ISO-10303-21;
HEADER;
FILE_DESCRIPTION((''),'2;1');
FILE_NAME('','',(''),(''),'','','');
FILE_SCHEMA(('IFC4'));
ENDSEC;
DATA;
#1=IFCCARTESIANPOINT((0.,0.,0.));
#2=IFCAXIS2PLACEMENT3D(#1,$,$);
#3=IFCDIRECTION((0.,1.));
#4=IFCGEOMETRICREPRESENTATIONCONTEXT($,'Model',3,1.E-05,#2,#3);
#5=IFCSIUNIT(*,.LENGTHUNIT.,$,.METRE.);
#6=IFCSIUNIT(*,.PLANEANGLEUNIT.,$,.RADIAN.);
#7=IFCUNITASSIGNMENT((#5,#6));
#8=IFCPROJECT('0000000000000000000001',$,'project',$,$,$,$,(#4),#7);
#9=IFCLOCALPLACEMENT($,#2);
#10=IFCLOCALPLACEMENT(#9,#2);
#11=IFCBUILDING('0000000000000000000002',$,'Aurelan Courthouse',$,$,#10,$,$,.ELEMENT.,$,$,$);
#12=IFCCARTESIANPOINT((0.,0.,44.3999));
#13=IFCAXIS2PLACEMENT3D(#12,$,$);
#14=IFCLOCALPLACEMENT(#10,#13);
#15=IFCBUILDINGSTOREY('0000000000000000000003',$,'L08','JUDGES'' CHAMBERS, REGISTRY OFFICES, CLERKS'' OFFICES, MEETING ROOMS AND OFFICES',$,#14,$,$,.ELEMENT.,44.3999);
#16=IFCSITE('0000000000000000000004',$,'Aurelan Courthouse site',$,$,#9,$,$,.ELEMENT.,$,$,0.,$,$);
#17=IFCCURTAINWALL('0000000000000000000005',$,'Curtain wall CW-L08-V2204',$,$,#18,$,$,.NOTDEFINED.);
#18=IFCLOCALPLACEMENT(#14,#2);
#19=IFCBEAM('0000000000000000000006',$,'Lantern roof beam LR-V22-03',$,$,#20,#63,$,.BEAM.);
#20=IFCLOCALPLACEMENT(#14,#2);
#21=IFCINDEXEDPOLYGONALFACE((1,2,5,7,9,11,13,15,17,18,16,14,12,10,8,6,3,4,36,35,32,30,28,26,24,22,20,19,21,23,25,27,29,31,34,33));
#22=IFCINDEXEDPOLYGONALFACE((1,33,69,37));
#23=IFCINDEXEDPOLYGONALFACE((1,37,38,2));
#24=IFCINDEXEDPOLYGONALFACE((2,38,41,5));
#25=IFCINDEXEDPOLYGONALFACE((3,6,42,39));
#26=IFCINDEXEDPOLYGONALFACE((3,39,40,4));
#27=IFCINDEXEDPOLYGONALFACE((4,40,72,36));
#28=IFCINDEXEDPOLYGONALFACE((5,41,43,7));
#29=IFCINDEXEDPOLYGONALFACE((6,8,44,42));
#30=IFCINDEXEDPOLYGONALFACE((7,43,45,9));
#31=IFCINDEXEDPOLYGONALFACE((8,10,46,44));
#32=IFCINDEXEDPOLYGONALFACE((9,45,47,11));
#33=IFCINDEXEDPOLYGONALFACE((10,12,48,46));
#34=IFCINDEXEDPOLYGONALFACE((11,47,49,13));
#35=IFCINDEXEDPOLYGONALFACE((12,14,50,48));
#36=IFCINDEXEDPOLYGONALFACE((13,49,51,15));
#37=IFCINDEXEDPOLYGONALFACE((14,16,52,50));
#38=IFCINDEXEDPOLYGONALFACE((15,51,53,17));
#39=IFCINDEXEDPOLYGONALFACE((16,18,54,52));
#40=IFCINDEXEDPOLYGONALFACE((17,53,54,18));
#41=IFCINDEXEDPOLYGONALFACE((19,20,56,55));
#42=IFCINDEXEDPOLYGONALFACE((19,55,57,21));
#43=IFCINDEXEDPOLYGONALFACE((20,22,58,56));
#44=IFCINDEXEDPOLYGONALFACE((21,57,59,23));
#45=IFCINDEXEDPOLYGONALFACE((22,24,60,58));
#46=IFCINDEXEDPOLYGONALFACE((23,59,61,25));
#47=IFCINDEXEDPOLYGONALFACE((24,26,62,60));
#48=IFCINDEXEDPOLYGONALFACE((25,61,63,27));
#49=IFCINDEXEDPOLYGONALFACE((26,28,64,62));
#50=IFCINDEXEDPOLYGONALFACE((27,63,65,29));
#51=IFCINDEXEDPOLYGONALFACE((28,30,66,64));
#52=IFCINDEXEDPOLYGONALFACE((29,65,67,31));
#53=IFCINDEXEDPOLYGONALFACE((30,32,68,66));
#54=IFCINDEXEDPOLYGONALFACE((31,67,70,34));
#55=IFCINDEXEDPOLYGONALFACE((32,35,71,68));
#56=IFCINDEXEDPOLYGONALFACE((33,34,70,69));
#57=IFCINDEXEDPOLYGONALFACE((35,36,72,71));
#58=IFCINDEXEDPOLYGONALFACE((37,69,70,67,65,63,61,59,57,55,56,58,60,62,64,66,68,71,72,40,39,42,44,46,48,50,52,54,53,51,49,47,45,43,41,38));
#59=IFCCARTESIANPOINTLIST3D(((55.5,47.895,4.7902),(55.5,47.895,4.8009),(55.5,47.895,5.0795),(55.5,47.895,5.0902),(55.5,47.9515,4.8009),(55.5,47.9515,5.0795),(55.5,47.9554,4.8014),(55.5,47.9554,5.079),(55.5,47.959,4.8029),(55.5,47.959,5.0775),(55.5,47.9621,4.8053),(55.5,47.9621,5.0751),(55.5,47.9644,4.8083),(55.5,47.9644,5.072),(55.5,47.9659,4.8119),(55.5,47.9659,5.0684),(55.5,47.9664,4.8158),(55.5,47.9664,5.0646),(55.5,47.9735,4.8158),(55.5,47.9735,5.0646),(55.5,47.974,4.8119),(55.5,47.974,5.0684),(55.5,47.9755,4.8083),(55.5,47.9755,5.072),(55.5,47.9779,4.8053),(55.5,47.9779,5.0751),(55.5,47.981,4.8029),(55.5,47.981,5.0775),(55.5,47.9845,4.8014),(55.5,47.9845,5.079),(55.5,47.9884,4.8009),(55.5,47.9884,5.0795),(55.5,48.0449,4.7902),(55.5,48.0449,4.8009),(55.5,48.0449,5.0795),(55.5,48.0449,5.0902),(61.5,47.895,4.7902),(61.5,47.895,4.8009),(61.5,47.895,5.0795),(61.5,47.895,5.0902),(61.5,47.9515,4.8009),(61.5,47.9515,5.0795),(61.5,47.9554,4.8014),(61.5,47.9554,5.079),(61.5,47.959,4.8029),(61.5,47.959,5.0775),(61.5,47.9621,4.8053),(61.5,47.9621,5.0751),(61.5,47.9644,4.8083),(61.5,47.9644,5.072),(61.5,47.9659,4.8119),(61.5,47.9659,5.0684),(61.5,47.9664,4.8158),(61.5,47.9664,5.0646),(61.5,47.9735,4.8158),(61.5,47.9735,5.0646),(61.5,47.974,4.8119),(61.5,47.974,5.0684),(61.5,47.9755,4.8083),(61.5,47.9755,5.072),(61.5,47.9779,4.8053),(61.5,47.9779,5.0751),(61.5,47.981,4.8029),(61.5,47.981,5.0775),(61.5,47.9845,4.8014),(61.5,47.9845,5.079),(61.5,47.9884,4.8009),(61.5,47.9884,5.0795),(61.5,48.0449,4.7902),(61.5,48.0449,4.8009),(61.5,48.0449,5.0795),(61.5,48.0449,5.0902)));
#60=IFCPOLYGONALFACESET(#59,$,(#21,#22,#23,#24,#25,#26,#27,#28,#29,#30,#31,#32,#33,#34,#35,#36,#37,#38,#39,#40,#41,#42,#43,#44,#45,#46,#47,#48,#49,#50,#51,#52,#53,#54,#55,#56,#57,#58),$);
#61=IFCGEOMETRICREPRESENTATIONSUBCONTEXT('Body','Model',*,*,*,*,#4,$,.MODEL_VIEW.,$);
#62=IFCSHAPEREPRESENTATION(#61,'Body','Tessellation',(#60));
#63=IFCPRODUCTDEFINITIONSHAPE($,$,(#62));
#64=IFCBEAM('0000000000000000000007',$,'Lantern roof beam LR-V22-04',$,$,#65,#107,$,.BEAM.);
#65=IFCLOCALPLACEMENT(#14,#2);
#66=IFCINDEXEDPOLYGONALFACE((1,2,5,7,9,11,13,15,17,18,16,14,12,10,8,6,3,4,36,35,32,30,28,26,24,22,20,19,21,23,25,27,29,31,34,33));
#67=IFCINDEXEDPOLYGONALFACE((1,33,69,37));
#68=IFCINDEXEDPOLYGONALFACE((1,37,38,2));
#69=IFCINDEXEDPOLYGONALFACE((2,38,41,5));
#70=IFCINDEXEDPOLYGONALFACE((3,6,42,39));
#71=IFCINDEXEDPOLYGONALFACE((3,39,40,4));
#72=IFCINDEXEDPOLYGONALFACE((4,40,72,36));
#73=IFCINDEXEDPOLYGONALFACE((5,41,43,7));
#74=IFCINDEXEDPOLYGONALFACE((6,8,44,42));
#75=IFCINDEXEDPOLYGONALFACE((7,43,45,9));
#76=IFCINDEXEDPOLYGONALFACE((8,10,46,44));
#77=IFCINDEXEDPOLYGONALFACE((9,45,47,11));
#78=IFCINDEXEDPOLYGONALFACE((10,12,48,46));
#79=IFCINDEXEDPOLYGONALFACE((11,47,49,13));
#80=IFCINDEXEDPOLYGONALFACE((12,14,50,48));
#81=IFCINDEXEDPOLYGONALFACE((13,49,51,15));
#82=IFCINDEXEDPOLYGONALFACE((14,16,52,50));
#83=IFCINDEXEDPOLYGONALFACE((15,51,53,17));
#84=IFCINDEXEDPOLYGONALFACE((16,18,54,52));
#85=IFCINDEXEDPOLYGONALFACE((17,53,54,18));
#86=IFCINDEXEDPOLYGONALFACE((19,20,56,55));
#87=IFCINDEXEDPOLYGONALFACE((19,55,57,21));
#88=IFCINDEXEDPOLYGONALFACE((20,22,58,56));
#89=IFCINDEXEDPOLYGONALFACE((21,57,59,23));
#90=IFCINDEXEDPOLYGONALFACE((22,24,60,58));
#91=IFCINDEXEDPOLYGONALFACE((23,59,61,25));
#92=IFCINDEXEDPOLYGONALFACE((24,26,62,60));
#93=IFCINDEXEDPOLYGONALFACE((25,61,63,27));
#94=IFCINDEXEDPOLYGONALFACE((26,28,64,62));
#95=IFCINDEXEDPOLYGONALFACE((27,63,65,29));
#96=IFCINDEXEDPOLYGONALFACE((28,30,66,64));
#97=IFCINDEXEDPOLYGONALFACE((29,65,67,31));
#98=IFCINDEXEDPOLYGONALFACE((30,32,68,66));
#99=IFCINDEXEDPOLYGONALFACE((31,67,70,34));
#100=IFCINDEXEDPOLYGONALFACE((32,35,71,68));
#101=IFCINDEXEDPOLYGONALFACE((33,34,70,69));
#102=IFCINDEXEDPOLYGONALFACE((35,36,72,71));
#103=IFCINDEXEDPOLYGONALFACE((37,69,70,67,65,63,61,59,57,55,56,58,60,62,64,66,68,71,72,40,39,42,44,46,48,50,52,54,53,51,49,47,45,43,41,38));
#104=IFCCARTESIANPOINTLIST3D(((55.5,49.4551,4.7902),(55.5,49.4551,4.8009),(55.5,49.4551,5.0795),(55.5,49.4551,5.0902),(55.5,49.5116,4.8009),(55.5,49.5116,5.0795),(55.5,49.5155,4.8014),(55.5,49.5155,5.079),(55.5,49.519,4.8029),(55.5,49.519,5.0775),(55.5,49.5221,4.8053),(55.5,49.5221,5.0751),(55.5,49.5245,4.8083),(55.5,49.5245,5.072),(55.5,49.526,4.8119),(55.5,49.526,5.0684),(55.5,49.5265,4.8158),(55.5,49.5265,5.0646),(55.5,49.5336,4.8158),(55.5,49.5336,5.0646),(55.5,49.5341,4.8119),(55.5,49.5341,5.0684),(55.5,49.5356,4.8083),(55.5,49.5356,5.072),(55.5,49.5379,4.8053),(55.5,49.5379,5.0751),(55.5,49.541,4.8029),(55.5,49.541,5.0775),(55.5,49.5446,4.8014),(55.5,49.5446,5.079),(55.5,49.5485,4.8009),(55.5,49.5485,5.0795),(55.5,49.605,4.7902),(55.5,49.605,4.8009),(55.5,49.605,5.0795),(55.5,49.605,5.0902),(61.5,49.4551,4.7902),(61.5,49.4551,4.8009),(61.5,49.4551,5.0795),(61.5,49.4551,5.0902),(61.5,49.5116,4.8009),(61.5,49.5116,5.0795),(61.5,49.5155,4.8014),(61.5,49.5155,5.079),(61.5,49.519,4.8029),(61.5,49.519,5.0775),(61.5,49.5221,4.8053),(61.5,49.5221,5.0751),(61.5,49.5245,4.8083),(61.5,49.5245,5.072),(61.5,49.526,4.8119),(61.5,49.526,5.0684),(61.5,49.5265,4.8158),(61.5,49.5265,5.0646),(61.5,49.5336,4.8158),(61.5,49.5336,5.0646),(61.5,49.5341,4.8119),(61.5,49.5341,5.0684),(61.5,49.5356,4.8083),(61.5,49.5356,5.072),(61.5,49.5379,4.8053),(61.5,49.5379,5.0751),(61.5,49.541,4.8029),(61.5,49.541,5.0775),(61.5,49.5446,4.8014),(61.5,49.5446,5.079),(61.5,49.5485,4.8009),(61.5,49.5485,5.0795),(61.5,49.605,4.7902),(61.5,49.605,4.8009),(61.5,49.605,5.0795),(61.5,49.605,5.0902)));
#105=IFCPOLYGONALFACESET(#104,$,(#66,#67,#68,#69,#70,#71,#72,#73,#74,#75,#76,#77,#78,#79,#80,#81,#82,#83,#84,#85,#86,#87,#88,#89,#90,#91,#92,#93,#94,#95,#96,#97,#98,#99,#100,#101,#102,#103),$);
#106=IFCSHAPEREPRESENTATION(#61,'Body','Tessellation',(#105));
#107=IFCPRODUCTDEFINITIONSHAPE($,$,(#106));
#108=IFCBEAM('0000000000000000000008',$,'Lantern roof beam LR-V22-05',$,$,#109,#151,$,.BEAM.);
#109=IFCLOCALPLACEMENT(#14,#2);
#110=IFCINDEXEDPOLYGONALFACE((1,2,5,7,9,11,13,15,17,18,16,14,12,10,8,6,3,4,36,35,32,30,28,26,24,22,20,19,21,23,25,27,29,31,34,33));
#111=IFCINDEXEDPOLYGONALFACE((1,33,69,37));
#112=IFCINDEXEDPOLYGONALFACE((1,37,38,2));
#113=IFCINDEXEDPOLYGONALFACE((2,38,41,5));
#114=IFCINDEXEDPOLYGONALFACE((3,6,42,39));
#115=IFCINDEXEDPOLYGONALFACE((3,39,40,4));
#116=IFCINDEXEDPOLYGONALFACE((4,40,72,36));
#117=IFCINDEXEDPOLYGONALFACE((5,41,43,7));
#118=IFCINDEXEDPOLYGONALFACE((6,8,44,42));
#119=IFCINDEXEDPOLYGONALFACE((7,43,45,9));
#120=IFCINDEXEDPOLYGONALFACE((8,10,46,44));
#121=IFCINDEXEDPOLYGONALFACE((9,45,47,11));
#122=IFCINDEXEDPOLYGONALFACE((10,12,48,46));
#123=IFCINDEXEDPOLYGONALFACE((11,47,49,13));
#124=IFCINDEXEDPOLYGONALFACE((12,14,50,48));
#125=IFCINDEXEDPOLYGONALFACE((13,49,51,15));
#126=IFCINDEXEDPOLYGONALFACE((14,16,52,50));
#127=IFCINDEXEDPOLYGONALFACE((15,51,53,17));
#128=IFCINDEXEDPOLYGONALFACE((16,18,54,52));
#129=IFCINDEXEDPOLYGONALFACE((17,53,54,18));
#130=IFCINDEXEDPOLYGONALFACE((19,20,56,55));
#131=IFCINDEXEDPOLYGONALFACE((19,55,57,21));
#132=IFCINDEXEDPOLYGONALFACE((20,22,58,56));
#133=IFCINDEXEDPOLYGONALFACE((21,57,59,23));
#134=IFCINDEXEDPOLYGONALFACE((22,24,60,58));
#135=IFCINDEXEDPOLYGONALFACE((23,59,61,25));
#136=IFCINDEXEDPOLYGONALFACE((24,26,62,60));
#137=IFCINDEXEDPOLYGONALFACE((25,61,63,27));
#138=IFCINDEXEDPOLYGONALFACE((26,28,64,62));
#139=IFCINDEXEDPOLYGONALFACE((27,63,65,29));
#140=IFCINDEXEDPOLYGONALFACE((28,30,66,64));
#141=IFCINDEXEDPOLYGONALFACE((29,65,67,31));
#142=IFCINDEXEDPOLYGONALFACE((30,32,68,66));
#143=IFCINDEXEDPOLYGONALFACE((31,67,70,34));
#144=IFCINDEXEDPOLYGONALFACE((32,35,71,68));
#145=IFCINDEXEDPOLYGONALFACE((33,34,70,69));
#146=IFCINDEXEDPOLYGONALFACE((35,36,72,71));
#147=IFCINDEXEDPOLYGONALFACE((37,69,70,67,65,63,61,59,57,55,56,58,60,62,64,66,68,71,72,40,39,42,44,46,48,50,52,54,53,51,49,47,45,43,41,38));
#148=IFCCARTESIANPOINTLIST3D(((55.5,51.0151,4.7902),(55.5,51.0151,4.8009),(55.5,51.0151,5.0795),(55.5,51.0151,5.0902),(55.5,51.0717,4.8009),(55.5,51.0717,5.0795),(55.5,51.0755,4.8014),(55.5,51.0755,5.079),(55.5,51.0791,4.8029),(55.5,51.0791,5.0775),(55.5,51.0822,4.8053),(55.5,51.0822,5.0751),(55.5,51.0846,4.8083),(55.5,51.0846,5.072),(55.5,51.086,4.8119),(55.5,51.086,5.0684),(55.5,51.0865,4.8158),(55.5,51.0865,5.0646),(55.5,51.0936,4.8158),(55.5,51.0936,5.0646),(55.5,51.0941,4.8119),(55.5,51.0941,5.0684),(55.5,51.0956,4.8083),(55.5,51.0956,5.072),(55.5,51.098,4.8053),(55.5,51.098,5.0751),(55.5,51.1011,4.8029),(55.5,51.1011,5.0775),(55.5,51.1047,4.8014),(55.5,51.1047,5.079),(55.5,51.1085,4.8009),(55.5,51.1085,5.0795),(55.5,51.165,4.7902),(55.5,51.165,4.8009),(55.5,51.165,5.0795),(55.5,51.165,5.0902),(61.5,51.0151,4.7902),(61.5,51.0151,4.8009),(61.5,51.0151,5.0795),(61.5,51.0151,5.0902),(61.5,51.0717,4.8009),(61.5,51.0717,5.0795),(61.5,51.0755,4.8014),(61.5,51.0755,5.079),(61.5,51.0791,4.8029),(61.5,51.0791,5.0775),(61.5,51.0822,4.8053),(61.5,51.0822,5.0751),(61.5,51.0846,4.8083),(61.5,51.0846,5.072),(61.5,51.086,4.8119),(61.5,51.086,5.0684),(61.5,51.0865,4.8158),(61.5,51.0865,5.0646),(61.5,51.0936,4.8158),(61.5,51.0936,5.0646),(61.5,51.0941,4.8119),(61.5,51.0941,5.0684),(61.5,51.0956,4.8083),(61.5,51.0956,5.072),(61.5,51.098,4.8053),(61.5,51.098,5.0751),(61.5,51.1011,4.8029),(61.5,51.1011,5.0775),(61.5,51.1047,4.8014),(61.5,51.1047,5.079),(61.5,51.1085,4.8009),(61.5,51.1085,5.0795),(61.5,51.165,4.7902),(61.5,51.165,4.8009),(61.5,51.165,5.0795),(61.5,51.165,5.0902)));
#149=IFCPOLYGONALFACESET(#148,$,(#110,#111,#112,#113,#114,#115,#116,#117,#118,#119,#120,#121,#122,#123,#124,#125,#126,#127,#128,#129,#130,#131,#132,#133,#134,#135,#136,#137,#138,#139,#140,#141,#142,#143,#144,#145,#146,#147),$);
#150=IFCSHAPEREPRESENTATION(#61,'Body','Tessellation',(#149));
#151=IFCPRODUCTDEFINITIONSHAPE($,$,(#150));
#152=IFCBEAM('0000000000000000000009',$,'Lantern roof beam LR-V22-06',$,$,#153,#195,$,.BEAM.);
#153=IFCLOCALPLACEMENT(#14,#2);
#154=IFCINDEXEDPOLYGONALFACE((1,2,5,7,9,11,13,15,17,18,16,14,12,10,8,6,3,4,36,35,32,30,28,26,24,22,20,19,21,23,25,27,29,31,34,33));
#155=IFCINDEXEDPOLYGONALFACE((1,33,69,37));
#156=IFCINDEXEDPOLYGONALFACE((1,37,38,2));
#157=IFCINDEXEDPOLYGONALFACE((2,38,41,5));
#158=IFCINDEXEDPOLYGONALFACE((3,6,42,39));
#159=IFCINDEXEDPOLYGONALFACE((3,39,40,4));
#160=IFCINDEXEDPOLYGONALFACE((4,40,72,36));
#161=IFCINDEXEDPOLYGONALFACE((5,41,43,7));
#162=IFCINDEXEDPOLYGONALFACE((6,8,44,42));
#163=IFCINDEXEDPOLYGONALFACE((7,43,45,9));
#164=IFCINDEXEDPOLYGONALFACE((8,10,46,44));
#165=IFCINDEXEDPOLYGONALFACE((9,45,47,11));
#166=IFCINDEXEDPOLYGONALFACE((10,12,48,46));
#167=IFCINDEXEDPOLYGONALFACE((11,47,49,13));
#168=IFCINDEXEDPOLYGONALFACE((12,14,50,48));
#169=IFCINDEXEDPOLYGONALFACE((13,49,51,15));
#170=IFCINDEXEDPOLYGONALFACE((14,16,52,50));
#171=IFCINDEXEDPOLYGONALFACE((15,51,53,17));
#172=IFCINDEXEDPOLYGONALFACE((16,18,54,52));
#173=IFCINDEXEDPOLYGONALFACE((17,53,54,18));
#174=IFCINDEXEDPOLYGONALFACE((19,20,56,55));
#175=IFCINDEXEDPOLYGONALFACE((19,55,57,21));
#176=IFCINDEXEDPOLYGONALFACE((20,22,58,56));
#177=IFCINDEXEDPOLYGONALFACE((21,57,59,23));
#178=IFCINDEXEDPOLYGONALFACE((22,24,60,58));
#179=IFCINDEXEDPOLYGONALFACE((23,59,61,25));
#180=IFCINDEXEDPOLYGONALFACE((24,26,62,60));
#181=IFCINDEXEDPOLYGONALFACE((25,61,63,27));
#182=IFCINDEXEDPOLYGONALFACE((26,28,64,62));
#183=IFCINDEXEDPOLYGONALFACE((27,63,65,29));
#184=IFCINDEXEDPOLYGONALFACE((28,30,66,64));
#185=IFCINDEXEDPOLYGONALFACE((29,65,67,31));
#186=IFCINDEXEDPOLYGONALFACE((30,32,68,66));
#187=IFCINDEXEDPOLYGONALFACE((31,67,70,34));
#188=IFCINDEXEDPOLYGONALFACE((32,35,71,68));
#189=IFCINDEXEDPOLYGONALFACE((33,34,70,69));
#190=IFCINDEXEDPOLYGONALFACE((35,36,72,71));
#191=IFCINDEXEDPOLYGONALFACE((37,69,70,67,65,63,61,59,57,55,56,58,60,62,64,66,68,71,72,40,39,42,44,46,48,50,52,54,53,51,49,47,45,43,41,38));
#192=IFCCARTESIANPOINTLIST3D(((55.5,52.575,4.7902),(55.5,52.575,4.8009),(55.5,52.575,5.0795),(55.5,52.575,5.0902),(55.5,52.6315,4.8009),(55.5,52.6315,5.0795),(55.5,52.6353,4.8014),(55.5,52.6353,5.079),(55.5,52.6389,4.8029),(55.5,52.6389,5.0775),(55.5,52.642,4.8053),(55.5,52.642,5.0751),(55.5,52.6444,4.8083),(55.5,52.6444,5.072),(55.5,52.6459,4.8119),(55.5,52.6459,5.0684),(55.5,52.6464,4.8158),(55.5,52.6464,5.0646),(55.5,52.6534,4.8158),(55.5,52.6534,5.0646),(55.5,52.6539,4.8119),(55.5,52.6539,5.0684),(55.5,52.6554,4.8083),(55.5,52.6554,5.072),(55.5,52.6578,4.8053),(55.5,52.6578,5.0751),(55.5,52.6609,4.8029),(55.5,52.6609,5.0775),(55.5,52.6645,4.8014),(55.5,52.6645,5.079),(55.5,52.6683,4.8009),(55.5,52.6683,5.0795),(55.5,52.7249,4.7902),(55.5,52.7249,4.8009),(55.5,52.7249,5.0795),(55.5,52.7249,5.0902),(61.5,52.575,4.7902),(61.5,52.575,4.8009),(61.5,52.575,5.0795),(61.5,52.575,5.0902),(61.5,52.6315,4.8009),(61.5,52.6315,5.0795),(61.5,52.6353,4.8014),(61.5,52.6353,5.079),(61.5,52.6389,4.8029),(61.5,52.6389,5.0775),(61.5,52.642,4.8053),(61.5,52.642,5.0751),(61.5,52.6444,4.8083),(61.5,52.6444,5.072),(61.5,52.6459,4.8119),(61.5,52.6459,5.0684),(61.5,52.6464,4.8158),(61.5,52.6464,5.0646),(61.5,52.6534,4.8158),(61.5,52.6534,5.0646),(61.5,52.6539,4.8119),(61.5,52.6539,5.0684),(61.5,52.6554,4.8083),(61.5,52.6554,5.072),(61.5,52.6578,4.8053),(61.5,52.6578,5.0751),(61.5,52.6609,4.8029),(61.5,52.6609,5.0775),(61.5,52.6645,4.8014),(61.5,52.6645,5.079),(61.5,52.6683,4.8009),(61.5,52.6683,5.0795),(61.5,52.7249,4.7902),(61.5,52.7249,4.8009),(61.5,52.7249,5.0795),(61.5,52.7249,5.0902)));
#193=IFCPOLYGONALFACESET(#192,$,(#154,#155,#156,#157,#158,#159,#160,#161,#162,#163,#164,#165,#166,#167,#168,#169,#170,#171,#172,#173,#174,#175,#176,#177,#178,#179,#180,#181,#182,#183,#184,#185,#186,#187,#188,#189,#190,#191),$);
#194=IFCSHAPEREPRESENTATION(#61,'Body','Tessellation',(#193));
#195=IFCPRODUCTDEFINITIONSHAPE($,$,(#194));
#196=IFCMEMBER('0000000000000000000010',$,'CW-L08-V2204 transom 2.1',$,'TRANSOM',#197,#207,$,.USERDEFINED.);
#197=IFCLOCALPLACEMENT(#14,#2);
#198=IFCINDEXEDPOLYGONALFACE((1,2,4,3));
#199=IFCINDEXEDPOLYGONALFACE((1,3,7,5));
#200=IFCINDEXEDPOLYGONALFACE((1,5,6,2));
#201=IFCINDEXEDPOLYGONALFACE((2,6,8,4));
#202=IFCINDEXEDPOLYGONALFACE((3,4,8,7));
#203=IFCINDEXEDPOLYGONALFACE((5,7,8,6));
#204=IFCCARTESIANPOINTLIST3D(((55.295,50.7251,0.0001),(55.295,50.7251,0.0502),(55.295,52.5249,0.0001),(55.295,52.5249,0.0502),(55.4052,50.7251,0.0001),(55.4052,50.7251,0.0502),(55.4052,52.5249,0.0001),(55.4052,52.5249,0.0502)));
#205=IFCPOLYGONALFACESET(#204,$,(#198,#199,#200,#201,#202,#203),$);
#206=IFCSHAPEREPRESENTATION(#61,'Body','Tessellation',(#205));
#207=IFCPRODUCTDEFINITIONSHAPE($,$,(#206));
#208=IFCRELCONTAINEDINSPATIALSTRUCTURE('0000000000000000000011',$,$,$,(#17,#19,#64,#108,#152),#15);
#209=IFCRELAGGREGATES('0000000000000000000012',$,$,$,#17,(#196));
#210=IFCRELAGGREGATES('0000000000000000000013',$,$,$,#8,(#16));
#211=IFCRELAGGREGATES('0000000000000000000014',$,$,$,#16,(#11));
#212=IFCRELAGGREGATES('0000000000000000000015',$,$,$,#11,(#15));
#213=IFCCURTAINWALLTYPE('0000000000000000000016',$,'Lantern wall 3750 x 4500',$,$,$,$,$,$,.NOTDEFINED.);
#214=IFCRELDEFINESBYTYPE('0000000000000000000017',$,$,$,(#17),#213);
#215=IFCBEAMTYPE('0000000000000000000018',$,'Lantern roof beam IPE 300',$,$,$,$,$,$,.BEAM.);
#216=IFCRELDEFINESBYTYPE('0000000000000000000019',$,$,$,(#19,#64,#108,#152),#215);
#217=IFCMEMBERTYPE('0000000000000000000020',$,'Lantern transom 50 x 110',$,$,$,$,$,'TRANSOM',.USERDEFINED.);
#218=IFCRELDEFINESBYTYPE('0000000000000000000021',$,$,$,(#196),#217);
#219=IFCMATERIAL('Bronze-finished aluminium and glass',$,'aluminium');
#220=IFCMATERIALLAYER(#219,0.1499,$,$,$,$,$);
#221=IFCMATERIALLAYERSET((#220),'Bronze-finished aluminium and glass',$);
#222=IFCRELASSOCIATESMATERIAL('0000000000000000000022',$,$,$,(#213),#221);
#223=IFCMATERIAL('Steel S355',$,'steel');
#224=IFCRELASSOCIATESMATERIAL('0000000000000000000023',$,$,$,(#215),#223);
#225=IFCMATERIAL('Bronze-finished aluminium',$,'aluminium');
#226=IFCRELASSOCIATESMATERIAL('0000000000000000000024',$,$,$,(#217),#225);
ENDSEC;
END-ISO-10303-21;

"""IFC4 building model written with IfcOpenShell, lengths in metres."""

from ifc_helpers import new_model, si_unit, direction, frame, origin, origin_2d, place, context, subcontext, project, spatial, rectangle, i_section, extrude, material, layer, layer_set, material_profile, profile_set, type_object, element, aggregate, save


model = new_model("IFC4")

# Units and contexts
model_context = context("Model", 3, precision=1e-05, world=origin(), true_north=direction((0.0, 1.0)))
body_context = subcontext(model_context, "Body", "Model", "MODEL_VIEW")
ifc_project = project(units=[si_unit("LENGTHUNIT", "METRE"), si_unit("PLANEANGLEUNIT", "RADIAN")], contexts=[model_context])

# Site, building, storey
site_placement = place(None, origin())
site = spatial("IfcSite", under=ifc_project, at=site_placement, Name="Aurelan Courthouse site", CompositionType="ELEMENT", RefElevation=0.0)
building_placement = place(site_placement, origin())
building = spatial("IfcBuilding", under=site, at=building_placement, Name="Aurelan Courthouse", CompositionType="ELEMENT")
storey_placement = place(building_placement, frame((0.0, 0.0, 44.3999)))
storey = spatial("IfcBuildingStorey", under=building, at=storey_placement, Name="L08", Description="JUDGES' CHAMBERS, REGISTRY OFFICES, CLERKS' OFFICES, MEETING ROOMS AND OFFICES", CompositionType="ELEMENT", Elevation=44.3999)

# Shared definitions
ifc_material_1 = material(Name="Steel S355", Category="steel")

# Curtain wall
ifc_material_2 = material(Name="Bronze-finished aluminium and glass", Category="aluminium")
ifc_layer_1 = layer(ifc_material_2, 0.1499)
ifc_layer_set_1 = layer_set([ifc_layer_1], Name="Bronze-finished aluminium and glass")
curtain_wall_type_1 = type_object("IfcCurtainWallType", Name="Lantern wall 3750 x 4500", PredefinedType="NOTDEFINED", material=ifc_layer_set_1)
curtain_wall_1_placement = place(storey_placement, origin())
curtain_wall_1 = element("IfcCurtainWall", 1, at=curtain_wall_1_placement, inside=storey, type_object=curtain_wall_type_1, Name="Curtain wall CW-L08-V2204", PredefinedType="NOTDEFINED")
ifc_material_3 = material(Name="Bronze-finished aluminium", Category="aluminium")

# Beams
ifc_material_profile_1 = material_profile(ifc_material_1, i_section(OverallWidth=0.1499, OverallDepth=0.3, WebThickness=0.0071, FlangeThickness=0.0107, FilletRadius=0.0149, at=origin_2d()), Name="IPE 300")
ifc_profile_set_1 = profile_set([ifc_material_profile_1], Name="Steel S355")
beam_type = type_object("IfcBeamType", Name="Lantern roof beam IPE 300", PredefinedType="BEAM", material=ifc_profile_set_1)
for number, where, z_axis, x_axis, name in (
    (2, (55.5, 47.97, 4.9402), (1.0, 0.0, 0.0), (0.0, 1.0, 0.0), "Lantern roof beam LR-V22-03"),
    (3, (55.5, 49.53, 4.9402), (1.0, 0.0, 0.0), (0.0, 1.0, 0.0), "Lantern roof beam LR-V22-04"),
    (4, (55.5, 51.0901, 4.9402), (1.0, 0.0, 0.0), (0.0, 1.0, 0.0), "Lantern roof beam LR-V22-05"),
    (5, (55.5, 52.6499, 4.9402), (1.0, 0.0, 0.0), (0.0, 1.0, 0.0), "Lantern roof beam LR-V22-06"),
):
    element("IfcBeam", number, at=place(storey_placement, frame(where, z_axis=z_axis, x_axis=x_axis)), inside=storey, type_object=beam_type, Name=name, PredefinedType="BEAM", context=body_context, shape_type="SweptSolid", body=[
        extrude(i_section(OverallWidth=0.1499, OverallDepth=0.3, WebThickness=0.0071, FlangeThickness=0.0107, FilletRadius=0.0149, at=origin_2d()), origin(), (0.0, 0.0, 1.0), 6.0),
    ])

# Member
ifc_material_profile_2 = material_profile(ifc_material_3, rectangle(XDim=0.1101, YDim=0.05, at=origin_2d()), Name="Lantern transom 50 x 110")
ifc_profile_set_2 = profile_set([ifc_material_profile_2], Name="Bronze-finished aluminium")
member_type_1 = type_object("IfcMemberType", Name="Lantern transom 50 x 110", ElementType="TRANSOM", PredefinedType="USERDEFINED", material=ifc_profile_set_2)
member_1_placement = place(storey_placement, frame((55.3501, 50.7251, 0.0251), z_axis=(0.0, 1.0, 0.0), x_axis=(-1.0, 0.0, 0.0)))
member_1 = element("IfcMember", 6, at=member_1_placement, type_object=member_type_1, Name="CW-L08-V2204 transom 2.1", ObjectType="TRANSOM", PredefinedType="USERDEFINED", context=body_context, shape_type="SweptSolid", body=[
    extrude(rectangle(XDim=0.1101, YDim=0.05, at=origin_2d()), origin(), (0.0, 0.0, 1.0), 1.7998),
])

aggregate(curtain_wall_1, [member_1])

save(model, "model.ifc")
